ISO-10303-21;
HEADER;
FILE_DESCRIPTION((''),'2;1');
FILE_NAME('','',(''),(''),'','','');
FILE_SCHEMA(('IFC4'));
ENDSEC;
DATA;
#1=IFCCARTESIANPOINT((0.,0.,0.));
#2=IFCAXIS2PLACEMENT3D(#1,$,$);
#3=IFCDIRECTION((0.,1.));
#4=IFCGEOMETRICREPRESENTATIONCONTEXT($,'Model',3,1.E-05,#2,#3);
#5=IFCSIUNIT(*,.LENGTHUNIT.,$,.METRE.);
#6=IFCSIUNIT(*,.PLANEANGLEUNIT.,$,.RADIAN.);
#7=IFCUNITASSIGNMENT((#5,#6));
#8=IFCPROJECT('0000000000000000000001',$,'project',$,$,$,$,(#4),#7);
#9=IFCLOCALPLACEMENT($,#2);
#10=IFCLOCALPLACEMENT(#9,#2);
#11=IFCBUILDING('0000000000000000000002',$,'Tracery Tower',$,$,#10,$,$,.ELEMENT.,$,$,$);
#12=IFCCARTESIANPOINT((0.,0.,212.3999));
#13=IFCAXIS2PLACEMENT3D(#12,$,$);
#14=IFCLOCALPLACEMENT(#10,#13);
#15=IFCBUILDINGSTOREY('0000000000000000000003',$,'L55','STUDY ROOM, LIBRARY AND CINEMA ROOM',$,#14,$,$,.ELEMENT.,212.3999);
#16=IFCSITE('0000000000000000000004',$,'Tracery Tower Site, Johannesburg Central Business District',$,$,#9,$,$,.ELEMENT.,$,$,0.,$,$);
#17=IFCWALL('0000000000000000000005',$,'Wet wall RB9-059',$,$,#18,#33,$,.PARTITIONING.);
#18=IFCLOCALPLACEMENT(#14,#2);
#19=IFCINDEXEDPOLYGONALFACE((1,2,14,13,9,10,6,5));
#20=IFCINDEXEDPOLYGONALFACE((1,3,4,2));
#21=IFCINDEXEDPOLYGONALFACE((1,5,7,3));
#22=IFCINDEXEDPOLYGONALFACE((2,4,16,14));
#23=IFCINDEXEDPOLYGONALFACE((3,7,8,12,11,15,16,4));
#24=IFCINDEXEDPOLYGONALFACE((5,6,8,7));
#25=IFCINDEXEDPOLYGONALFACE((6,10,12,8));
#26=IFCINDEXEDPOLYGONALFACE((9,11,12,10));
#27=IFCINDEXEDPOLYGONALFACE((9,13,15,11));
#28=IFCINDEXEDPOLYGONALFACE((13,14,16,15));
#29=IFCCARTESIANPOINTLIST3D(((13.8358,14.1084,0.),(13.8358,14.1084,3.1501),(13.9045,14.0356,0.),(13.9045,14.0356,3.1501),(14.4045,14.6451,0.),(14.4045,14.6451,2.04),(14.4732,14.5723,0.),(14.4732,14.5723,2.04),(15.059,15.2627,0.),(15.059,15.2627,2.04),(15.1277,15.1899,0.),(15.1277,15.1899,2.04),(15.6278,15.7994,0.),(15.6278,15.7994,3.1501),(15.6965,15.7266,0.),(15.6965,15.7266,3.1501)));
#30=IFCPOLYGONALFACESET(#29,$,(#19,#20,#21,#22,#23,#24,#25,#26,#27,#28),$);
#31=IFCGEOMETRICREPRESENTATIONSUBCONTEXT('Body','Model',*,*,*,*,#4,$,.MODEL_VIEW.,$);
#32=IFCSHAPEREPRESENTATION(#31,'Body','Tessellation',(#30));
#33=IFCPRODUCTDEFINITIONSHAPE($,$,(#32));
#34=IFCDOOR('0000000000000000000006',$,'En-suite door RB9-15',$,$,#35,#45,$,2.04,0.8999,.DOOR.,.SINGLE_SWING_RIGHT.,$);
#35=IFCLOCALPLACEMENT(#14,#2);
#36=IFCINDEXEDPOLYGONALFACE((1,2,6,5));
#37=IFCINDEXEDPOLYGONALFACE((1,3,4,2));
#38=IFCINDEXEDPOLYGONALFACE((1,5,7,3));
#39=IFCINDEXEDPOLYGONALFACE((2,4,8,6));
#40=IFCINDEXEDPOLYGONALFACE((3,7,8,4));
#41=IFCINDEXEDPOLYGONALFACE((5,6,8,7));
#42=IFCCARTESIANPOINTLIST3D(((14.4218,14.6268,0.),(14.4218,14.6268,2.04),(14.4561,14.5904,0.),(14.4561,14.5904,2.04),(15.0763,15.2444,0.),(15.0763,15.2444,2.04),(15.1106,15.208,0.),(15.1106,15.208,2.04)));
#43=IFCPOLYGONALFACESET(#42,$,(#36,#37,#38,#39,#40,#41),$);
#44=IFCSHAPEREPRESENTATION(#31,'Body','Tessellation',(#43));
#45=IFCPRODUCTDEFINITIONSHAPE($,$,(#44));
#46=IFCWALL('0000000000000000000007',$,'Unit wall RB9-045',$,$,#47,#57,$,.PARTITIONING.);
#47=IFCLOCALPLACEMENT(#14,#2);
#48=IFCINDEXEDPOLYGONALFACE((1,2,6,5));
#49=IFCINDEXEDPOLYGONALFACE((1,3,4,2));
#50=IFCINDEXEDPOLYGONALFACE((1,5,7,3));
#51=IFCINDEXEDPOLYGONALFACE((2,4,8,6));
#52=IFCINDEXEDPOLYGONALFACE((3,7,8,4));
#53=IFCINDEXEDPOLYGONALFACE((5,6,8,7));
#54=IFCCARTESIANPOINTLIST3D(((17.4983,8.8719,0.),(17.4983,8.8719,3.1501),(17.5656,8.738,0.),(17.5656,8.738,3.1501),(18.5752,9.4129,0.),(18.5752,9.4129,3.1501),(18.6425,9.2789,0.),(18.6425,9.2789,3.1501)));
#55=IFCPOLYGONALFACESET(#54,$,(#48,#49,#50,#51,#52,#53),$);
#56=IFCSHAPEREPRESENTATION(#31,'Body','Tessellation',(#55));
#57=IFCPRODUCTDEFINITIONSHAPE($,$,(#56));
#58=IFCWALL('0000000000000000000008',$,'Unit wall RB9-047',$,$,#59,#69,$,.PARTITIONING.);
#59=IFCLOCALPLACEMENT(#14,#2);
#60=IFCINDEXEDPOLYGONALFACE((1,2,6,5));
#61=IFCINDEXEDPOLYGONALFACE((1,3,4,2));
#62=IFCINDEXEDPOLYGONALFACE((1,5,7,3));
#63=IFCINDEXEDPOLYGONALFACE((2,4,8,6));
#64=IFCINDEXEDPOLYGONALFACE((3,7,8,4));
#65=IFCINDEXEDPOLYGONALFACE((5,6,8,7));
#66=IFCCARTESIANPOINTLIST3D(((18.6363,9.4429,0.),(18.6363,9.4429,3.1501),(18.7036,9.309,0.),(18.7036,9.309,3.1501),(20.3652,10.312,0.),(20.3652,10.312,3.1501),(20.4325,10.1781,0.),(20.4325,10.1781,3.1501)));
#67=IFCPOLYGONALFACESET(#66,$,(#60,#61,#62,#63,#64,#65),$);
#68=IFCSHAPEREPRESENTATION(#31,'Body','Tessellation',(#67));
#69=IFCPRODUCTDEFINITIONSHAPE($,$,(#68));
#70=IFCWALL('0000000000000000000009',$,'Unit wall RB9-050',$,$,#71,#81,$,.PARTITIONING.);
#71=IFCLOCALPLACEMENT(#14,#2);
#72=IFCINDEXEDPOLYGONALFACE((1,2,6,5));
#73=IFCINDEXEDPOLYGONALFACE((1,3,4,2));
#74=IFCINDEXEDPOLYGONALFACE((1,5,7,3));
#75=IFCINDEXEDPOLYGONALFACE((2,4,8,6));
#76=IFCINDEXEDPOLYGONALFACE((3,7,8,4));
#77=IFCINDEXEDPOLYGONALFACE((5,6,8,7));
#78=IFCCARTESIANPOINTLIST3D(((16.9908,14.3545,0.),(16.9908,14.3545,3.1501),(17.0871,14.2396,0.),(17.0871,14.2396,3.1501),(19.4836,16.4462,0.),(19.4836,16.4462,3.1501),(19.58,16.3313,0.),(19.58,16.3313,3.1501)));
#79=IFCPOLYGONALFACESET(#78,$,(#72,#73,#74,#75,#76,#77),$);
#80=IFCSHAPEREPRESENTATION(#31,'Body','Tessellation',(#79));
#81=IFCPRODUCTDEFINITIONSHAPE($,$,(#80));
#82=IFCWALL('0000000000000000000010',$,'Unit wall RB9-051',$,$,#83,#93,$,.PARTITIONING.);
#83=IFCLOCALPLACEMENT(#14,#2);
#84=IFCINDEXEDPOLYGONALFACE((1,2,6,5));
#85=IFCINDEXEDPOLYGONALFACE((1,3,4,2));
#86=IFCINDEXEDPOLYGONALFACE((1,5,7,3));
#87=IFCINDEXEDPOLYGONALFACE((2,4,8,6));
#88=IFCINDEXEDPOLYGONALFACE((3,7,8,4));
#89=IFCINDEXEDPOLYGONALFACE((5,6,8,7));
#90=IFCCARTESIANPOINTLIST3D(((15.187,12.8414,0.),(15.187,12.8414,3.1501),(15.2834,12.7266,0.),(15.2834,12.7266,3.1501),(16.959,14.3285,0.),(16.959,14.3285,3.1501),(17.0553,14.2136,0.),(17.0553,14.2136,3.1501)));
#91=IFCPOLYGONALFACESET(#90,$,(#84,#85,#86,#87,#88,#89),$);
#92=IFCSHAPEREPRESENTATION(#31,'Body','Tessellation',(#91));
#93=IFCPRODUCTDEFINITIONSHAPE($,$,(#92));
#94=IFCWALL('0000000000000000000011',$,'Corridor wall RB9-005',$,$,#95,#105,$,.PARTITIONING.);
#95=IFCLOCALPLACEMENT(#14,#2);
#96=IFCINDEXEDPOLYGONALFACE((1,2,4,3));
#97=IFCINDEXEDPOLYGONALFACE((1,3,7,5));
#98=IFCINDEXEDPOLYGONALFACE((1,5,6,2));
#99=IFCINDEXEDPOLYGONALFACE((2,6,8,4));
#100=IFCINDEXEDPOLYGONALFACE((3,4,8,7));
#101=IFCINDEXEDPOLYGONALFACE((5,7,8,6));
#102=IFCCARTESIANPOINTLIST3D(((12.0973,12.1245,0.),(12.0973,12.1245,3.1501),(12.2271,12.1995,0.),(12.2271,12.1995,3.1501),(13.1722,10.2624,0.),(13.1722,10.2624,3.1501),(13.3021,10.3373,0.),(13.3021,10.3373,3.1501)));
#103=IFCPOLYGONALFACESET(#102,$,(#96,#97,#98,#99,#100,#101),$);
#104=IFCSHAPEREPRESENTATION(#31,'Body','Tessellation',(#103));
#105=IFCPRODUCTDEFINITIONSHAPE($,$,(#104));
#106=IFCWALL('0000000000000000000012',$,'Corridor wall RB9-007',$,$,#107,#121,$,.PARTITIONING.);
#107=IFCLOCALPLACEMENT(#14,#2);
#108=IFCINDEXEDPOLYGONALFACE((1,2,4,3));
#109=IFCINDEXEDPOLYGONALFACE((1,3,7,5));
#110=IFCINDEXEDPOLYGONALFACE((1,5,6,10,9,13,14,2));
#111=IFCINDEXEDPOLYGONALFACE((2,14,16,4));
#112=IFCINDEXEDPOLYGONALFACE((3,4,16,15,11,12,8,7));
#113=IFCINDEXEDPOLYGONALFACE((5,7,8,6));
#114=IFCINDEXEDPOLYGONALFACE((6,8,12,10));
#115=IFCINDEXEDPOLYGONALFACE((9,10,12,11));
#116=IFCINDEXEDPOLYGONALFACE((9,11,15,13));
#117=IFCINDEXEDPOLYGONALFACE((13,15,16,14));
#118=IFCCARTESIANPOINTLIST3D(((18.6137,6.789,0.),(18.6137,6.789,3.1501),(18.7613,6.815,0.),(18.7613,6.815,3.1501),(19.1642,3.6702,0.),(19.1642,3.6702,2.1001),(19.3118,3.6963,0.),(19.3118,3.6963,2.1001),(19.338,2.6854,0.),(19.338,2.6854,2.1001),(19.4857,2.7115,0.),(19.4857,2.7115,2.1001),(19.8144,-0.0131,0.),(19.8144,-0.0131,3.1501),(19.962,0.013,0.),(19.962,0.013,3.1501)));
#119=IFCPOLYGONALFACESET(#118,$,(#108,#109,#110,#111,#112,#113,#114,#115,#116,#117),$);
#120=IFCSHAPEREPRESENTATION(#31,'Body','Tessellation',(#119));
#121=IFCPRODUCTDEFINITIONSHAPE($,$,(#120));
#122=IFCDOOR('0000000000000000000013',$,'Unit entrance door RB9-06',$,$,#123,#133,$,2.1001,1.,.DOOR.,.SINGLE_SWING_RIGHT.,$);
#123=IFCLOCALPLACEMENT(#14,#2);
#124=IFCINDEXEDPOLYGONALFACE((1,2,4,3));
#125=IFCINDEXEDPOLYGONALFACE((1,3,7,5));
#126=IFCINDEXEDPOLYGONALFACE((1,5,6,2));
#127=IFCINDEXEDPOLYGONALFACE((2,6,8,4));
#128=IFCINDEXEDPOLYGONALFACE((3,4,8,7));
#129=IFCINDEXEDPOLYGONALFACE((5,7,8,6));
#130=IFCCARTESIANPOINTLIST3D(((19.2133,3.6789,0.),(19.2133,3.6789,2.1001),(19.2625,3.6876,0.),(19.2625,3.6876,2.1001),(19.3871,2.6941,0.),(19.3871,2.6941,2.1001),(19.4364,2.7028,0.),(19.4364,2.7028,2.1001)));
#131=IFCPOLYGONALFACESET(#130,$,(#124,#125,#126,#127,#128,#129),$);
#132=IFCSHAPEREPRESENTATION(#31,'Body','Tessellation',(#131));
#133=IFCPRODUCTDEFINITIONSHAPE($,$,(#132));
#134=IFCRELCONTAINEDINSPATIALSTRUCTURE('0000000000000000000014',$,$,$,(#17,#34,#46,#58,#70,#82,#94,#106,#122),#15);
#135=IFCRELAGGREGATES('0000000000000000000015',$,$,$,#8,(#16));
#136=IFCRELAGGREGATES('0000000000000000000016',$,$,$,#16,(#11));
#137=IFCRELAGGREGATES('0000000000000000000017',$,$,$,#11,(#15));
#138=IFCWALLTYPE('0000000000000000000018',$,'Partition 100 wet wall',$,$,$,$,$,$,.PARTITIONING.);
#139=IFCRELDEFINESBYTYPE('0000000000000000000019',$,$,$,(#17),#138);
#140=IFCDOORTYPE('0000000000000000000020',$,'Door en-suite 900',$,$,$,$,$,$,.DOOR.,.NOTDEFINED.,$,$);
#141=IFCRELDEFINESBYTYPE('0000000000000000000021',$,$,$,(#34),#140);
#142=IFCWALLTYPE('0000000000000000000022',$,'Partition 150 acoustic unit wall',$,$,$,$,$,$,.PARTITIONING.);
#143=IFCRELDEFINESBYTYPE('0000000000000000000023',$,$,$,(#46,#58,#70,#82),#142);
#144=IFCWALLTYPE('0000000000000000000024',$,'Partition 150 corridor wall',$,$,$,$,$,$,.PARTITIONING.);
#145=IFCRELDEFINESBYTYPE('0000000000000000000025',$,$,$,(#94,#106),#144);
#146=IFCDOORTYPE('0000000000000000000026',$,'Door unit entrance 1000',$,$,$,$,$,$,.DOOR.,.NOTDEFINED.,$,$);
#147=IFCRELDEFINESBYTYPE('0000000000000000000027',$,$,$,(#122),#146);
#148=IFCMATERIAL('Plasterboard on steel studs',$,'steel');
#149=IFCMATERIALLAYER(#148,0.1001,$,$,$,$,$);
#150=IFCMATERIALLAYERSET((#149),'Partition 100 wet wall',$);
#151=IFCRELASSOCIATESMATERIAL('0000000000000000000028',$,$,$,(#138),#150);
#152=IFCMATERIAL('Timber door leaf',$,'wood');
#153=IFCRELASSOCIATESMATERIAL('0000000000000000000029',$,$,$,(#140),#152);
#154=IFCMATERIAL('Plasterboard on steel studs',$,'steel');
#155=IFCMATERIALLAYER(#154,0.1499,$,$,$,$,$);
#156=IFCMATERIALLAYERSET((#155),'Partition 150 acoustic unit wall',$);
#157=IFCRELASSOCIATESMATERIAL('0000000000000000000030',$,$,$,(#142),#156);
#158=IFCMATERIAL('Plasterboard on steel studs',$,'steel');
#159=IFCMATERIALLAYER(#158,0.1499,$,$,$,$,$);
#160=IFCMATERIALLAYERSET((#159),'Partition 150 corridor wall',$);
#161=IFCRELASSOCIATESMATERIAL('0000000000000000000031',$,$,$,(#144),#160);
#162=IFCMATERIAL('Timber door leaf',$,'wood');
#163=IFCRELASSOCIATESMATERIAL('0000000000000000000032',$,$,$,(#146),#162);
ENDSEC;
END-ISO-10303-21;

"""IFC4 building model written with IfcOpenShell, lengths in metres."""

from ifc_helpers import new_model, si_unit, direction, frame, frame_2d, origin, place, context, subcontext, project, spatial, rectangle, extrude, material, layer, layer_set, type_object, element, fill, save


model = new_model("IFC4")

# Units and contexts
model_context = context("Model", 3, precision=1e-05, world=origin(), true_north=direction((0.0, 1.0)))
body_context = subcontext(model_context, "Body", "Model", "MODEL_VIEW")
ifc_project = project(units=[si_unit("LENGTHUNIT", "METRE"), si_unit("PLANEANGLEUNIT", "RADIAN")], contexts=[model_context])

# Site, building, storey
site_placement = place(None, origin())
site = spatial("IfcSite", under=ifc_project, at=site_placement, Name="Tracery Tower Site, Johannesburg Central Business District", CompositionType="ELEMENT", RefElevation=0.0)
building_placement = place(site_placement, origin())
building = spatial("IfcBuilding", under=site, at=building_placement, Name="Tracery Tower", CompositionType="ELEMENT")
storey_placement = place(building_placement, frame((0.0, 0.0, 212.3999)))
storey = spatial("IfcBuildingStorey", under=building, at=storey_placement, Name="L55", Description="STUDY ROOM, LIBRARY AND CINEMA ROOM", CompositionType="ELEMENT", Elevation=212.3999)

# Shared definitions
ifc_material_1 = material(Name="Plasterboard on steel studs", Category="steel")
ifc_layer_1 = layer(ifc_material_1, 0.1001)
ifc_layer_set_1 = layer_set([ifc_layer_1], Name="Partition 100 wet wall")
wall_type_1 = type_object("IfcWallType", Name="Partition 100 wet wall", PredefinedType="PARTITIONING", material=ifc_layer_set_1)
ifc_material_2 = material(Name="Timber door leaf", Category="wood")
door_type_1 = type_object("IfcDoorType", Name="Door en-suite 900", OperationType="NOTDEFINED", PredefinedType="DOOR", material=ifc_material_2)

# Wall, opening, door
wall_1_placement = place(storey_placement, frame((13.8701, 14.072, 0.0), z_axis=(0.0, 0.0, 1.0), x_axis=(0.727321, 0.686298, 0.0)))
wall_1 = element("IfcWall", 1, at=wall_1_placement, inside=storey, type_object=wall_type_1, Name="Wet wall RB9-059", PredefinedType="PARTITIONING", context=body_context, shape_type="SweptSolid", body=[
    extrude(rectangle(XDim=2.4639, YDim=0.1001, at=frame_2d((1.2319, 0.0))), origin(), (0.0, 0.0, 1.0), 3.1501),
])
opening_1_placement = place(wall_1_placement, frame((0.782, 0.0, 0.0)))
opening_1 = element("IfcOpeningElement", 2, at=opening_1_placement, cuts=wall_1, PredefinedType="OPENING", context=body_context, shape_type="SweptSolid", body=[
    extrude(rectangle(XDim=0.8999, YDim=2.04, at=frame_2d((0.45, 1.02))), frame((0.0, 0.05, 0.0), z_axis=(0.0, -1.0, 0.0), x_axis=(1.0, 0.0, 0.0)), (0.0, 0.0, 1.0), 0.1001),
])
door_1_placement = place(opening_1_placement, origin())
door_1 = element("IfcDoor", 3, at=door_1_placement, inside=storey, type_object=door_type_1, Name="En-suite door RB9-15", OperationType="SINGLE_SWING_RIGHT", OverallHeight=2.04, OverallWidth=0.8999, PredefinedType="DOOR", context=body_context, shape_type="SweptSolid", body=[
    extrude(rectangle(XDim=0.8999, YDim=2.04, at=frame_2d((0.45, 1.02))), frame((0.0, 0.0249, 0.0), z_axis=(0.0, -1.0, 0.0), x_axis=(1.0, 0.0, 0.0)), (0.0, 0.0, 1.0), 0.05),
])
fill(opening_1, door_1)

# Walls
ifc_material_3 = material(Name="Plasterboard on steel studs", Category="steel")
ifc_layer_2 = layer(ifc_material_3, 0.1499)
ifc_layer_set_2 = layer_set([ifc_layer_2], Name="Partition 150 acoustic unit wall")
wall_type_2 = type_object("IfcWallType", Name="Partition 150 acoustic unit wall", PredefinedType="PARTITIONING", material=ifc_layer_set_2)
wall_2_placement = place(storey_placement, frame((17.532, 8.8049, 0.0), z_axis=(0.0, 0.0, 1.0), x_axis=(0.893575, 0.448914, 0.0)))
element("IfcWall", 4, at=wall_2_placement, inside=storey, type_object=wall_type_2, Name="Unit wall RB9-045", PredefinedType="PARTITIONING", context=body_context, shape_type="SweptSolid", body=[
    extrude(rectangle(XDim=1.2051, YDim=0.1499, at=frame_2d((0.6025, 0.0))), origin(), (0.0, 0.0, 1.0), 3.1501),
])
wall_3_placement = place(storey_placement, frame((18.6699, 9.376, 0.0), z_axis=(0.0, 0.0, 1.0), x_axis=(0.893466, 0.44913, 0.0)))
element("IfcWall", 5, at=wall_3_placement, inside=storey, type_object=wall_type_2, Name="Unit wall RB9-047", PredefinedType="PARTITIONING", context=body_context, shape_type="SweptSolid", body=[
    extrude(rectangle(XDim=1.9351, YDim=0.1499, at=frame_2d((0.9675, 0.0))), origin(), (0.0, 0.0, 1.0), 3.1501),
])
wall_4_placement = place(storey_placement, frame((17.0391, 14.2971, 0.0), z_axis=(0.0, 0.0, 1.0), x_axis=(0.766046, 0.642786, 0.0)))
element("IfcWall", 6, at=wall_4_placement, inside=storey, type_object=wall_type_2, Name="Unit wall RB9-050", PredefinedType="PARTITIONING", context=body_context, shape_type="SweptSolid", body=[
    extrude(rectangle(XDim=3.2542, YDim=0.1499, at=frame_2d((1.627, 0.0))), origin(), (0.0, 0.0, 1.0), 3.1501),
])
wall_5_placement = place(storey_placement, frame((15.2351, 12.7839, 0.0), z_axis=(0.0, 0.0, 1.0), x_axis=(0.766002, 0.642838, 0.0)))
element("IfcWall", 7, at=wall_5_placement, inside=storey, type_object=wall_type_2, Name="Unit wall RB9-051", PredefinedType="PARTITIONING", context=body_context, shape_type="SweptSolid", body=[
    extrude(rectangle(XDim=2.3132, YDim=0.1499, at=frame_2d((1.1567, 0.0))), origin(), (0.0, 0.0, 1.0), 3.1501),
])
ifc_material_4 = material(Name="Plasterboard on steel studs", Category="steel")
ifc_layer_3 = layer(ifc_material_4, 0.1499)
ifc_layer_set_3 = layer_set([ifc_layer_3], Name="Partition 150 corridor wall")
wall_type_3 = type_object("IfcWallType", Name="Partition 150 corridor wall", PredefinedType="PARTITIONING", material=ifc_layer_set_3)
wall_6_placement = place(storey_placement, frame((12.1621, 12.1621, 0.0), z_axis=(0.0, 0.0, 1.0), x_axis=(0.499962, -0.866048, 0.0)))
element("IfcWall", 8, at=wall_6_placement, inside=storey, type_object=wall_type_3, Name="Corridor wall RB9-005", PredefinedType="PARTITIONING", context=body_context, shape_type="SweptSolid", body=[
    extrude(rectangle(XDim=2.1501, YDim=0.1499, at=frame_2d((1.0752, 0.0))), origin(), (0.0, 0.0, 1.0), 3.1501),
])

# Wall, opening, door
wall_7_placement = place(storey_placement, frame((18.6875, 6.802, 0.0), z_axis=(0.0, 0.0, 1.0), x_axis=(0.173832, -0.984775, 0.0)))
wall_7 = element("IfcWall", 9, at=wall_7_placement, inside=storey, type_object=wall_type_3, Name="Corridor wall RB9-007", PredefinedType="PARTITIONING", context=body_context, shape_type="SweptSolid", body=[
    extrude(rectangle(XDim=6.9072, YDim=0.1499, at=frame_2d((3.4536, 0.0))), origin(), (0.0, 0.0, 1.0), 3.1501),
])
opening_2_placement = place(wall_7_placement, frame((3.167, 0.0, 0.0)))
opening_2 = element("IfcOpeningElement", 10, at=opening_2_placement, cuts=wall_7, PredefinedType="OPENING", context=body_context, shape_type="SweptSolid", body=[
    extrude(rectangle(XDim=1.0, YDim=2.1001, at=frame_2d((0.5, 1.05))), frame((0.0, 0.075, 0.0), z_axis=(0.0, -1.0, 0.0), x_axis=(1.0, 0.0, 0.0)), (0.0, 0.0, 1.0), 0.1499),
])
ifc_material_5 = material(Name="Timber door leaf", Category="wood")
door_type_2 = type_object("IfcDoorType", Name="Door unit entrance 1000", OperationType="NOTDEFINED", PredefinedType="DOOR", material=ifc_material_5)
door_2_placement = place(opening_2_placement, origin())
door_2 = element("IfcDoor", 11, at=door_2_placement, inside=storey, type_object=door_type_2, Name="Unit entrance door RB9-06", OperationType="SINGLE_SWING_RIGHT", OverallHeight=2.1001, OverallWidth=1.0, PredefinedType="DOOR", context=body_context, shape_type="SweptSolid", body=[
    extrude(rectangle(XDim=1.0, YDim=2.1001, at=frame_2d((0.5, 1.05))), frame((0.0, 0.0249, 0.0), z_axis=(0.0, -1.0, 0.0), x_axis=(1.0, 0.0, 0.0)), (0.0, 0.0, 1.0), 0.05),
])
fill(opening_2, door_2)

save(model, "model.ifc")
